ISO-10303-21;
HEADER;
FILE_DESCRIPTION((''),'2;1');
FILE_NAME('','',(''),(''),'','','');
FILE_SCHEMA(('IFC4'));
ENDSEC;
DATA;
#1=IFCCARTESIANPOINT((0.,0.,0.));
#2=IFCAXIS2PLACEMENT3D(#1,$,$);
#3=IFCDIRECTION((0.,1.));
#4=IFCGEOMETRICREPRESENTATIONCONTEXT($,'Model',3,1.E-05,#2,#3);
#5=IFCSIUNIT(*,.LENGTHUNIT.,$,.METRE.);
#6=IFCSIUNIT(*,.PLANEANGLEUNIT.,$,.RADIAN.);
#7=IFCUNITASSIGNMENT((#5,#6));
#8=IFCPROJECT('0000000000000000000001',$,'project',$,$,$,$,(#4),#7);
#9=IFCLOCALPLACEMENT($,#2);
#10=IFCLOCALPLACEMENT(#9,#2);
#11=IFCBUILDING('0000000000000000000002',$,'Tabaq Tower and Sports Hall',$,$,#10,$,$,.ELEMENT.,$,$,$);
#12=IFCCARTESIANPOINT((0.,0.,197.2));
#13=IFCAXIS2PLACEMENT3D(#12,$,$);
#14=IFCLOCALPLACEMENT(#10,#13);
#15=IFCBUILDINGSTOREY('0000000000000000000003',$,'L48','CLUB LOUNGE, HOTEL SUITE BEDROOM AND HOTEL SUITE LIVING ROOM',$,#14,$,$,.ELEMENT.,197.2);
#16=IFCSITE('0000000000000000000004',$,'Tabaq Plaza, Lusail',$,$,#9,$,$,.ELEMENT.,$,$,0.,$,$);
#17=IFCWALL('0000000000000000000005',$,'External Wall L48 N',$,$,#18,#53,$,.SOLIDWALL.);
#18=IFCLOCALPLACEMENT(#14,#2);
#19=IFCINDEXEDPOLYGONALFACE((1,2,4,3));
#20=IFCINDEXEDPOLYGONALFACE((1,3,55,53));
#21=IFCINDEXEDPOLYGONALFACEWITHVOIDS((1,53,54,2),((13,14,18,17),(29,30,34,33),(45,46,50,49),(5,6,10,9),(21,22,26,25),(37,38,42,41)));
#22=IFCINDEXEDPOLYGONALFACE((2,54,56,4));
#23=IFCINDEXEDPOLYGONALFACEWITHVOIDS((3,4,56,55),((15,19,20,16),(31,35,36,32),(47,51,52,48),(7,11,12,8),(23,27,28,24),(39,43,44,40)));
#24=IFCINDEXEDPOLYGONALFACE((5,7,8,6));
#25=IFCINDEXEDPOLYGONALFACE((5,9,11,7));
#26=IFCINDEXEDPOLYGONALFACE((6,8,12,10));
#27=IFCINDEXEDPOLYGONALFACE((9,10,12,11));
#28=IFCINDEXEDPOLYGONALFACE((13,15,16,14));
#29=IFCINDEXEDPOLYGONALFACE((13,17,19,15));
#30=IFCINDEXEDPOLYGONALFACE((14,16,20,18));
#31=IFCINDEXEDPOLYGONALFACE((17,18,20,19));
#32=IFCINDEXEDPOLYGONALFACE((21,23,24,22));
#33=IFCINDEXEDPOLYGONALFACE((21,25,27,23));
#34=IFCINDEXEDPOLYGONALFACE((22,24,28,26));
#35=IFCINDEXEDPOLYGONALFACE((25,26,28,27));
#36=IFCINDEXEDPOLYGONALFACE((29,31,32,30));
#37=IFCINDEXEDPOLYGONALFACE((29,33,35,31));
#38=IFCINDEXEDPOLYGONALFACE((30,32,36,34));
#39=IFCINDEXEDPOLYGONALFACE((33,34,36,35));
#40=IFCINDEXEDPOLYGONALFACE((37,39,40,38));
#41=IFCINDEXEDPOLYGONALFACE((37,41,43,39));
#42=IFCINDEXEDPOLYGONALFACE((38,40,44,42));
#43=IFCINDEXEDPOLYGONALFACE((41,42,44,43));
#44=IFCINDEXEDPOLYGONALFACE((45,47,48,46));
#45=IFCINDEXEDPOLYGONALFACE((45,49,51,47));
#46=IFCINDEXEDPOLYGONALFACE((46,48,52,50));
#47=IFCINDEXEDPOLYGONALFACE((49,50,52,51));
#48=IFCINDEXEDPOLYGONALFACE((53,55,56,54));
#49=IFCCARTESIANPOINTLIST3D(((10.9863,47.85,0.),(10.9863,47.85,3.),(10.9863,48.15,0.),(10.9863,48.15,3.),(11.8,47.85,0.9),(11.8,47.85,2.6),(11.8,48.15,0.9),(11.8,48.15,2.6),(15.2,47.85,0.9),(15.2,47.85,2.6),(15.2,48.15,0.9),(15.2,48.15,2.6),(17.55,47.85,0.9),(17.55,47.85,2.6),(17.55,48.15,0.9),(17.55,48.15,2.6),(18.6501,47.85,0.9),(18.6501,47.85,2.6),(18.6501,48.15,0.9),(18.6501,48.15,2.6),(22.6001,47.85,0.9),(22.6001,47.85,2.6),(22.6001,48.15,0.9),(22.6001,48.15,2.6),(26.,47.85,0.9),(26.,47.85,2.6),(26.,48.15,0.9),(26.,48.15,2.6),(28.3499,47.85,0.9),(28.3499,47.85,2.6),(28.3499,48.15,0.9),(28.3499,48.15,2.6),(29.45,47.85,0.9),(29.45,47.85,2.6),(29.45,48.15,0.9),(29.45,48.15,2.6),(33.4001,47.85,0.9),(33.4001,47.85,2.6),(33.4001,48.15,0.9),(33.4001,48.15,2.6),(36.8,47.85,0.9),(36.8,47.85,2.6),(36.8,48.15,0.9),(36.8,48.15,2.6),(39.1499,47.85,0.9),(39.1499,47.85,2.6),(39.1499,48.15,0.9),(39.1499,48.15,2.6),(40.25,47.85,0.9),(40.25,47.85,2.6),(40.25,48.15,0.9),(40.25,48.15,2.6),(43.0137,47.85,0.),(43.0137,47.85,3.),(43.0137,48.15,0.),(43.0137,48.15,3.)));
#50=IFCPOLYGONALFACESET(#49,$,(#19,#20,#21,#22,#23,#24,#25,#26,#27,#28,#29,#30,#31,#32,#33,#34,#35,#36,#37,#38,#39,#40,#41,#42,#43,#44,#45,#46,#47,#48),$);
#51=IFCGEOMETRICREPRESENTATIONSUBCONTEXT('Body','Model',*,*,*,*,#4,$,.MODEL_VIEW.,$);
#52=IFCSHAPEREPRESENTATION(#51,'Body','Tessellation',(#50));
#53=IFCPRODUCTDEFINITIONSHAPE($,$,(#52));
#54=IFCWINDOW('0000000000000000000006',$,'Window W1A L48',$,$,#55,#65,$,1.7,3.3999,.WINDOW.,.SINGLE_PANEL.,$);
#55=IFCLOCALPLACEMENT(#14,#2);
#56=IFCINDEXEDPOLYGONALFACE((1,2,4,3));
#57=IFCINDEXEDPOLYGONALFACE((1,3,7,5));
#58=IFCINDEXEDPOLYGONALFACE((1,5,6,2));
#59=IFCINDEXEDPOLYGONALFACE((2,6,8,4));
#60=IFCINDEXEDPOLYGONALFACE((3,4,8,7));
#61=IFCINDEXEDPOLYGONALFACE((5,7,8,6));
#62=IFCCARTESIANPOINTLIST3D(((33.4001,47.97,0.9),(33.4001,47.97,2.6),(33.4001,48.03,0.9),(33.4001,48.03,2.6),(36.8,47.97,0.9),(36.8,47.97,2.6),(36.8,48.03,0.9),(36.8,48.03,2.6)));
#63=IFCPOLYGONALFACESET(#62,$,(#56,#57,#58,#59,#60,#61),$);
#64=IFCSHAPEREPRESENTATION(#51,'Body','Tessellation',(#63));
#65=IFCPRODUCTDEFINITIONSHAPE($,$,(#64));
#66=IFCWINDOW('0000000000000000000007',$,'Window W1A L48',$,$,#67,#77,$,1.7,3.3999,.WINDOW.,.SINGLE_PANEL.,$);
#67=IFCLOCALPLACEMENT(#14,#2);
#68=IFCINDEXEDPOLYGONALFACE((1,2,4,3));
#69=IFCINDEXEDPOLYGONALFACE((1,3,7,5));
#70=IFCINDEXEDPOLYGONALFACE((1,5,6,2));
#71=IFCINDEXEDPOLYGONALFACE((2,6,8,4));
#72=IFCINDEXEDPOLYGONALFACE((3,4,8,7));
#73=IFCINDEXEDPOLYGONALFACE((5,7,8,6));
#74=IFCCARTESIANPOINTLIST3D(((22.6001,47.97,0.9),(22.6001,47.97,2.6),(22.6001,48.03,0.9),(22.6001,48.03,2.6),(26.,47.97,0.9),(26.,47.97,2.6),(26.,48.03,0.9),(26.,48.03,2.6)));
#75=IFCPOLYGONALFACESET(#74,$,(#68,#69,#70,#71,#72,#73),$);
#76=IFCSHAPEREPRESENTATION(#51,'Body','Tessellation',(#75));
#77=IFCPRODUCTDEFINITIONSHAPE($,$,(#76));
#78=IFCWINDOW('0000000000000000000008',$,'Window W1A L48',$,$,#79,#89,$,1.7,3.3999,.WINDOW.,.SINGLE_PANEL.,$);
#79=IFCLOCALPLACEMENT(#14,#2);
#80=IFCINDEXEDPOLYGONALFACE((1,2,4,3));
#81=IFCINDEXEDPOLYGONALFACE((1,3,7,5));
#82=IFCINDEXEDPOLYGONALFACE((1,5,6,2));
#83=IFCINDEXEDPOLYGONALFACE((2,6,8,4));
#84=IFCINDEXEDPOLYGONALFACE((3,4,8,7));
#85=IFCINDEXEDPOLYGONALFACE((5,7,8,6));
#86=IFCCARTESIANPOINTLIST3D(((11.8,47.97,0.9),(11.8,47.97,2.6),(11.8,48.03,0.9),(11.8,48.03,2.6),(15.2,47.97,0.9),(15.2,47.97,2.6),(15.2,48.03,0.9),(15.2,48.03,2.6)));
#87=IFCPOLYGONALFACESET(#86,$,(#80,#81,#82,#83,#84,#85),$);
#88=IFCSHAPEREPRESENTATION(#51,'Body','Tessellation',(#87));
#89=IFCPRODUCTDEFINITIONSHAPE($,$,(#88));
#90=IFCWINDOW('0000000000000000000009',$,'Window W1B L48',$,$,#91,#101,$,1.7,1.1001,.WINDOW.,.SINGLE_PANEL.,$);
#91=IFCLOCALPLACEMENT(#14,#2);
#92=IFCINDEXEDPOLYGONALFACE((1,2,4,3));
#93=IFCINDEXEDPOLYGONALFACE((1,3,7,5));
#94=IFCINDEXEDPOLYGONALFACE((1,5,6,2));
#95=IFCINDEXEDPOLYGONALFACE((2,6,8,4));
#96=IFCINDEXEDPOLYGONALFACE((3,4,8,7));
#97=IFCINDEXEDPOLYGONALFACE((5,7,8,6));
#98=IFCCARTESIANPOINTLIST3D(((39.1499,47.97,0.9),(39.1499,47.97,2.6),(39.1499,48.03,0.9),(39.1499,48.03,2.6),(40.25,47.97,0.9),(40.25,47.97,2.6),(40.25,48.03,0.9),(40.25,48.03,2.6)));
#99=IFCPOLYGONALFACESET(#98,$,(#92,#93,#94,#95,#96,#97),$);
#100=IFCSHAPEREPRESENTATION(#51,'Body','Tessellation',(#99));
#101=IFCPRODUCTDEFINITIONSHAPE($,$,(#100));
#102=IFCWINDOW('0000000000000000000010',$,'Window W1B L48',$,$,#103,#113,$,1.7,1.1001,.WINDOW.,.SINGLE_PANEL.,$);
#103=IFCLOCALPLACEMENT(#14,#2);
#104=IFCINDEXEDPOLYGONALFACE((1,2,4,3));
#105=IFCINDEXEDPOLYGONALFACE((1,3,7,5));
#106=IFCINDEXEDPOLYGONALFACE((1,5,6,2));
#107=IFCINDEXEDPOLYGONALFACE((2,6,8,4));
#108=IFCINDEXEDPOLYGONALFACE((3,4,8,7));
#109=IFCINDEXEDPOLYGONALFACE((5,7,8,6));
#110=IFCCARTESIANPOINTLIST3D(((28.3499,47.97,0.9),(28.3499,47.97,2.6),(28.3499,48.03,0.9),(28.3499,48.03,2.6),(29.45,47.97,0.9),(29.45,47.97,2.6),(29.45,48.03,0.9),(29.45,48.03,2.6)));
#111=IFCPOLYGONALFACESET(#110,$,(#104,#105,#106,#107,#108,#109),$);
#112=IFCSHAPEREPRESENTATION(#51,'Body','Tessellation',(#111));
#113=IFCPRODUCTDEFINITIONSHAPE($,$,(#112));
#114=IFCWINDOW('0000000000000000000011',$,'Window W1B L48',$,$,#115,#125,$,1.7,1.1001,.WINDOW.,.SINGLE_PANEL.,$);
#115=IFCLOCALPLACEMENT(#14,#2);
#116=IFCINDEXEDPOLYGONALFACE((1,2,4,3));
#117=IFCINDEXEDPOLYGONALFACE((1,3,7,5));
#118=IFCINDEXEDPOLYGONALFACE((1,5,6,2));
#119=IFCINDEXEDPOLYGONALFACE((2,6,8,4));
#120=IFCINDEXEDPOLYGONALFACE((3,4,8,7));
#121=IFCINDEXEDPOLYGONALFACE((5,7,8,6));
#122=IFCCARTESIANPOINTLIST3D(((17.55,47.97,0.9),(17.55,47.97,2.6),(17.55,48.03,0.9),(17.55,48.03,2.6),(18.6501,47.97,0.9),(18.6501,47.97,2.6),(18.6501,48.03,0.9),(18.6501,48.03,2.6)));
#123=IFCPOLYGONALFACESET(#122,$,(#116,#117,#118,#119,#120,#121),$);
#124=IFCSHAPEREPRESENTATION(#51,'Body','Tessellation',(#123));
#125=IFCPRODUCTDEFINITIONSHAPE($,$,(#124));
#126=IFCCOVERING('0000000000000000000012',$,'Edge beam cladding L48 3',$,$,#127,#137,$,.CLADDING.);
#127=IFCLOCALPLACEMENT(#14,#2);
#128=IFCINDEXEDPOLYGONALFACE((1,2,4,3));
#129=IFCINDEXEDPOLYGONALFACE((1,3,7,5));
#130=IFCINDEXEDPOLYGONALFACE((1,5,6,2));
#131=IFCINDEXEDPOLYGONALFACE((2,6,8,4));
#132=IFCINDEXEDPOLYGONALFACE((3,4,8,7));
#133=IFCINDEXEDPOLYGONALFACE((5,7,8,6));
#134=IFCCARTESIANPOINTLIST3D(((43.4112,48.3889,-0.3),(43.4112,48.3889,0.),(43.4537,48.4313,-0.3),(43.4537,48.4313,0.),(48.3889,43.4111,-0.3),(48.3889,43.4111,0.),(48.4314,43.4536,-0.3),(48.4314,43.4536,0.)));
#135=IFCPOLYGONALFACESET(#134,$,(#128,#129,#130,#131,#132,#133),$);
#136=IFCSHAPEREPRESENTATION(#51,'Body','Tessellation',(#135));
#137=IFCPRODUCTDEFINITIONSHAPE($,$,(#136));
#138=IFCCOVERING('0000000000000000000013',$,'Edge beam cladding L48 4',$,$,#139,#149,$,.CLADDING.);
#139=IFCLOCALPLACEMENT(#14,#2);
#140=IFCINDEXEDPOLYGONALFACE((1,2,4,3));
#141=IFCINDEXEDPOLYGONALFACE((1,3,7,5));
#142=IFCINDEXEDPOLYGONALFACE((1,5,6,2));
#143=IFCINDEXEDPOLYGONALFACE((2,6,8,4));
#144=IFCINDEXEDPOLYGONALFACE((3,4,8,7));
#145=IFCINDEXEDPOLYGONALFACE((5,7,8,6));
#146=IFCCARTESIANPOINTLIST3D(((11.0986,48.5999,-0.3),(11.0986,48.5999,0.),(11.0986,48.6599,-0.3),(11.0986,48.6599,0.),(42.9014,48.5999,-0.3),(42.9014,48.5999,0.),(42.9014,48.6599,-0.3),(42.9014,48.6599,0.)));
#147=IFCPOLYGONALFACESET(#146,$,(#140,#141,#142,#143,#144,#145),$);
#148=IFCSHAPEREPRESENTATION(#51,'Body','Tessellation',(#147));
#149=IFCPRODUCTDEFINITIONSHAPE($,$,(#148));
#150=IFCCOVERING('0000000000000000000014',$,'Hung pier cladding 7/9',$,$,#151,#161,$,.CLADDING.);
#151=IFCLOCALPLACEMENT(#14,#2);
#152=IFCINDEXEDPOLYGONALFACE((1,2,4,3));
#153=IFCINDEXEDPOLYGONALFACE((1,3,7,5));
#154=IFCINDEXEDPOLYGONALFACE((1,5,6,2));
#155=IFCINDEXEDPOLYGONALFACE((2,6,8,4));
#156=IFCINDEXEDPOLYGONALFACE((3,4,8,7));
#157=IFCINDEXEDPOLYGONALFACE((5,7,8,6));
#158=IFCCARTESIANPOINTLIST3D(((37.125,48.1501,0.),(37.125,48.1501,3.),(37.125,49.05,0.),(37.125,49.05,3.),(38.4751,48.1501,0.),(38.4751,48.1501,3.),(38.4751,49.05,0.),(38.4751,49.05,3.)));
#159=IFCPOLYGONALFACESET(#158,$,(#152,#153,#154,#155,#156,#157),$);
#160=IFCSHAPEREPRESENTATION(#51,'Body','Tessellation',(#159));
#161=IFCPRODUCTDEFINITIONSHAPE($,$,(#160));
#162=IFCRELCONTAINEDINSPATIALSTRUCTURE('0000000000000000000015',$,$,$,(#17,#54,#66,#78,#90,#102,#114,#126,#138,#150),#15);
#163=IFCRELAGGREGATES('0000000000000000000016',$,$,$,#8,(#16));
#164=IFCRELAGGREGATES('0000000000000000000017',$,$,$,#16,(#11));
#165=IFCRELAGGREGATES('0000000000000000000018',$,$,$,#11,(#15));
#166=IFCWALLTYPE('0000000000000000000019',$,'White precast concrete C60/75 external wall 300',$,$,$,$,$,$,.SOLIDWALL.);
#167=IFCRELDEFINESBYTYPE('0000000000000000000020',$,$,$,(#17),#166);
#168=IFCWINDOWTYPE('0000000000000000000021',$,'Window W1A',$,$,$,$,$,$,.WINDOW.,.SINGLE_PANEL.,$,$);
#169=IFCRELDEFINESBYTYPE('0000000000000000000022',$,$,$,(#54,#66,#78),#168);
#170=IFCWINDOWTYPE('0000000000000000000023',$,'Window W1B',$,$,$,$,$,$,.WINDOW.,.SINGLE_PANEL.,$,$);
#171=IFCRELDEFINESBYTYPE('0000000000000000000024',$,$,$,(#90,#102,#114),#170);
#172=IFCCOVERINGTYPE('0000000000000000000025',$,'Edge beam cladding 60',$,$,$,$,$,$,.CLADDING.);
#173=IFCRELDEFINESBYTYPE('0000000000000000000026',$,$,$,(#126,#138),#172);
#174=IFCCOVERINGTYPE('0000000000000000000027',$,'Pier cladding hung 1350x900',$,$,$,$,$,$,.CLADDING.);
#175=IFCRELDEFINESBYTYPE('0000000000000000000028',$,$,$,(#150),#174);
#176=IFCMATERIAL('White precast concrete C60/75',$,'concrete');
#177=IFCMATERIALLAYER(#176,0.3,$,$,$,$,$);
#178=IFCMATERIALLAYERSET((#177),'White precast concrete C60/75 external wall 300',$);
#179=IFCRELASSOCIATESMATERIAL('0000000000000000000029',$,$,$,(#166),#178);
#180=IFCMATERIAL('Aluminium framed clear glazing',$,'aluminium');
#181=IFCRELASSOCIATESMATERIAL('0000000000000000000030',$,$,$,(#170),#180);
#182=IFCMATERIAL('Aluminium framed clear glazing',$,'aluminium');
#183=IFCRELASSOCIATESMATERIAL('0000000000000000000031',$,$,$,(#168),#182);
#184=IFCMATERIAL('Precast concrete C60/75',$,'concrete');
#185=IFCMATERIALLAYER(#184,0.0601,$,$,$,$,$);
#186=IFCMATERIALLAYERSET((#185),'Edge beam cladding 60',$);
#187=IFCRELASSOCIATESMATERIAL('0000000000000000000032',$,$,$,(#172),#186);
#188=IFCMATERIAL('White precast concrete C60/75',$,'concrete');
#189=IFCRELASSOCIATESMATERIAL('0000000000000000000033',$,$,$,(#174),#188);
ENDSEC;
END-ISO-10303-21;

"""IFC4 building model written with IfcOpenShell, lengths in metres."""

from ifc_helpers import new_model, si_unit, direction, frame, frame_2d, origin, place, context, subcontext, project, spatial, rectangle, extrude, material, layer, layer_set, type_object, element, fill, save


model = new_model("IFC4")

# Units and contexts
model_context = context("Model", 3, precision=1e-05, world=origin(), true_north=direction((0.0, 1.0)))
body_context = subcontext(model_context, "Body", "Model", "MODEL_VIEW")
ifc_project = project(units=[si_unit("LENGTHUNIT", "METRE"), si_unit("PLANEANGLEUNIT", "RADIAN")], contexts=[model_context])

# Site, building, storey
site_placement = place(None, origin())
site = spatial("IfcSite", under=ifc_project, at=site_placement, Name="Tabaq Plaza, Lusail", CompositionType="ELEMENT", RefElevation=0.0)
building_placement = place(site_placement, origin())
building = spatial("IfcBuilding", under=site, at=building_placement, Name="Tabaq Tower and Sports Hall", CompositionType="ELEMENT")
storey_placement = place(building_placement, frame((0.0, 0.0, 197.2)))
storey = spatial("IfcBuildingStorey", under=building, at=storey_placement, Name="L48", Description="CLUB LOUNGE, HOTEL SUITE BEDROOM AND HOTEL SUITE LIVING ROOM", CompositionType="ELEMENT", Elevation=197.2)

# Wall, openings, windows
ifc_material_1 = material(Name="White precast concrete C60/75", Category="concrete")
ifc_layer_1 = layer(ifc_material_1, 0.3)
ifc_layer_set_1 = layer_set([ifc_layer_1], Name="White precast concrete C60/75 external wall 300")
wall_type_1 = type_object("IfcWallType", Name="White precast concrete C60/75 external wall 300", PredefinedType="SOLIDWALL", material=ifc_layer_set_1)
ifc_material_2 = material(Name="Aluminium framed clear glazing", Category="aluminium")
window_type_1 = type_object("IfcWindowType", Name="Window W1B", PartitioningType="SINGLE_PANEL", PredefinedType="WINDOW", material=ifc_material_2)
wall_1_placement = place(storey_placement, frame((43.0137, 48.0, 0.0), z_axis=(0.0, 0.0, 1.0), x_axis=(-1.0, 0.0, 0.0)))
wall_1 = element("IfcWall", 1, at=wall_1_placement, inside=storey, type_object=wall_type_1, Name="External Wall L48 N", PredefinedType="SOLIDWALL", context=body_context, shape_type="SweptSolid", body=[
    extrude(rectangle(XDim=32.0273, YDim=0.3, at=frame_2d((16.0137, 0.0))), origin(), (0.0, 0.0, 1.0), 3.0),
])
opening_1_placement = place(wall_1_placement, frame((2.7637, 0.0, 0.8999)))
opening_1 = element("IfcOpeningElement", 2, at=opening_1_placement, cuts=wall_1, PredefinedType="OPENING", context=body_context, shape_type="SweptSolid", body=[
    extrude(rectangle(XDim=1.1001, YDim=1.7, at=frame_2d((0.55, 0.8501))), frame((0.0, 0.1602, 0.0), z_axis=(0.0, -1.0, 0.0), x_axis=(1.0, 0.0, 0.0)), (0.0, 0.0, 1.0), 0.3201),
])
opening_2_placement = place(wall_1_placement, frame((6.2136, 0.0, 0.8999)))
opening_2 = element("IfcOpeningElement", 3, at=opening_2_placement, cuts=wall_1, PredefinedType="OPENING", context=body_context, shape_type="SweptSolid", body=[
    extrude(rectangle(XDim=3.3999, YDim=1.7, at=frame_2d((1.7, 0.8501))), frame((0.0, 0.1602, 0.0), z_axis=(0.0, -1.0, 0.0), x_axis=(1.0, 0.0, 0.0)), (0.0, 0.0, 1.0), 0.3201),
])
opening_3_placement = place(wall_1_placement, frame((13.5637, 0.0, 0.8999)))
opening_3 = element("IfcOpeningElement", 4, at=opening_3_placement, cuts=wall_1, PredefinedType="OPENING", context=body_context, shape_type="SweptSolid", body=[
    extrude(rectangle(XDim=1.1001, YDim=1.7, at=frame_2d((0.55, 0.8501))), frame((0.0, 0.1602, 0.0), z_axis=(0.0, -1.0, 0.0), x_axis=(1.0, 0.0, 0.0)), (0.0, 0.0, 1.0), 0.3201),
])
opening_4_placement = place(wall_1_placement, frame((17.0137, 0.0, 0.8999)))
opening_4 = element("IfcOpeningElement", 5, at=opening_4_placement, cuts=wall_1, PredefinedType="OPENING", context=body_context, shape_type="SweptSolid", body=[
    extrude(rectangle(XDim=3.3999, YDim=1.7, at=frame_2d((1.7, 0.8501))), frame((0.0, 0.1602, 0.0), z_axis=(0.0, -1.0, 0.0), x_axis=(1.0, 0.0, 0.0)), (0.0, 0.0, 1.0), 0.3201),
])
opening_5_placement = place(wall_1_placement, frame((24.3635, 0.0, 0.8999)))
opening_5 = element("IfcOpeningElement", 6, at=opening_5_placement, cuts=wall_1, PredefinedType="OPENING", context=body_context, shape_type="SweptSolid", body=[
    extrude(rectangle(XDim=1.1001, YDim=1.7, at=frame_2d((0.55, 0.8501))), frame((0.0, 0.1602, 0.0), z_axis=(0.0, -1.0, 0.0), x_axis=(1.0, 0.0, 0.0)), (0.0, 0.0, 1.0), 0.3201),
])
opening_6_placement = place(wall_1_placement, frame((27.8137, 0.0, 0.8999)))
opening_6 = element("IfcOpeningElement", 7, at=opening_6_placement, cuts=wall_1, PredefinedType="OPENING", context=body_context, shape_type="SweptSolid", body=[
    extrude(rectangle(XDim=3.3999, YDim=1.7, at=frame_2d((1.7, 0.8501))), frame((0.0, 0.1602, 0.0), z_axis=(0.0, -1.0, 0.0), x_axis=(1.0, 0.0, 0.0)), (0.0, 0.0, 1.0), 0.3201),
])
ifc_material_3 = material(Name="Aluminium framed clear glazing", Category="aluminium")
window_type_2 = type_object("IfcWindowType", Name="Window W1A", PartitioningType="SINGLE_PANEL", PredefinedType="WINDOW", material=ifc_material_3)
window_1_placement = place(opening_2_placement, origin())
window_1 = element("IfcWindow", 8, at=window_1_placement, inside=storey, type_object=window_type_2, Name="Window W1A L48", OverallHeight=1.7, OverallWidth=3.3999, PartitioningType="SINGLE_PANEL", PredefinedType="WINDOW", context=body_context, shape_type="SweptSolid", body=[
    extrude(rectangle(XDim=3.3999, YDim=1.7, at=frame_2d((1.7, 0.8501))), frame((0.0, 0.03, 0.0), z_axis=(0.0, -1.0, 0.0), x_axis=(1.0, 0.0, 0.0)), (0.0, 0.0, 1.0), 0.0601),
])
fill(opening_2, window_1)
window_2_placement = place(opening_4_placement, origin())
window_2 = element("IfcWindow", 9, at=window_2_placement, inside=storey, type_object=window_type_2, Name="Window W1A L48", OverallHeight=1.7, OverallWidth=3.3999, PartitioningType="SINGLE_PANEL", PredefinedType="WINDOW", context=body_context, shape_type="SweptSolid", body=[
    extrude(rectangle(XDim=3.3999, YDim=1.7, at=frame_2d((1.7, 0.8501))), frame((0.0, 0.03, 0.0), z_axis=(0.0, -1.0, 0.0), x_axis=(1.0, 0.0, 0.0)), (0.0, 0.0, 1.0), 0.0601),
])
fill(opening_4, window_2)
window_3_placement = place(opening_6_placement, origin())
window_3 = element("IfcWindow", 10, at=window_3_placement, inside=storey, type_object=window_type_2, Name="Window W1A L48", OverallHeight=1.7, OverallWidth=3.3999, PartitioningType="SINGLE_PANEL", PredefinedType="WINDOW", context=body_context, shape_type="SweptSolid", body=[
    extrude(rectangle(XDim=3.3999, YDim=1.7, at=frame_2d((1.7, 0.8501))), frame((0.0, 0.03, 0.0), z_axis=(0.0, -1.0, 0.0), x_axis=(1.0, 0.0, 0.0)), (0.0, 0.0, 1.0), 0.0601),
])
fill(opening_6, window_3)
window_4_placement = place(opening_1_placement, origin())
window_4 = element("IfcWindow", 11, at=window_4_placement, inside=storey, type_object=window_type_1, Name="Window W1B L48", OverallHeight=1.7, OverallWidth=1.1001, PartitioningType="SINGLE_PANEL", PredefinedType="WINDOW", context=body_context, shape_type="SweptSolid", body=[
    extrude(rectangle(XDim=1.1001, YDim=1.7, at=frame_2d((0.55, 0.8501))), frame((0.0, 0.03, 0.0), z_axis=(0.0, -1.0, 0.0), x_axis=(1.0, 0.0, 0.0)), (0.0, 0.0, 1.0), 0.0601),
])
fill(opening_1, window_4)
window_5_placement = place(opening_3_placement, origin())
window_5 = element("IfcWindow", 12, at=window_5_placement, inside=storey, type_object=window_type_1, Name="Window W1B L48", OverallHeight=1.7, OverallWidth=1.1001, PartitioningType="SINGLE_PANEL", PredefinedType="WINDOW", context=body_context, shape_type="SweptSolid", body=[
    extrude(rectangle(XDim=1.1001, YDim=1.7, at=frame_2d((0.55, 0.8501))), frame((0.0, 0.03, 0.0), z_axis=(0.0, -1.0, 0.0), x_axis=(1.0, 0.0, 0.0)), (0.0, 0.0, 1.0), 0.0601),
])
fill(opening_3, window_5)
window_6_placement = place(opening_5_placement, origin())
window_6 = element("IfcWindow", 13, at=window_6_placement, inside=storey, type_object=window_type_1, Name="Window W1B L48", OverallHeight=1.7, OverallWidth=1.1001, PartitioningType="SINGLE_PANEL", PredefinedType="WINDOW", context=body_context, shape_type="SweptSolid", body=[
    extrude(rectangle(XDim=1.1001, YDim=1.7, at=frame_2d((0.55, 0.8501))), frame((0.0, 0.03, 0.0), z_axis=(0.0, -1.0, 0.0), x_axis=(1.0, 0.0, 0.0)), (0.0, 0.0, 1.0), 0.0601),
])
fill(opening_5, window_6)

# Coverings
ifc_material_4 = material(Name="Precast concrete C60/75", Category="concrete")
ifc_layer_2 = layer(ifc_material_4, 0.0601)
ifc_layer_set_2 = layer_set([ifc_layer_2], Name="Edge beam cladding 60")
covering_type_1 = type_object("IfcCoveringType", Name="Edge beam cladding 60", PredefinedType="CLADDING", material=ifc_layer_set_2)
covering_1_placement = place(storey_placement, frame((48.4102, 43.4324, -0.3), z_axis=(0.0, 0.0, 1.0), x_axis=(-0.707107, 0.707107, 0.0)))
element("IfcCovering", 14, at=covering_1_placement, inside=storey, type_object=covering_type_1, Name="Edge beam cladding L48 3", PredefinedType="CLADDING", context=body_context, shape_type="SweptSolid", body=[
    extrude(rectangle(XDim=7.0396, YDim=0.0601, at=frame_2d((3.5198, 0.0))), origin(), (0.0, 0.0, 1.0), 0.3),
])
covering_2_placement = place(storey_placement, frame((42.9014, 48.6299, -0.3), z_axis=(0.0, 0.0, 1.0), x_axis=(-1.0, 0.0, 0.0)))
element("IfcCovering", 15, at=covering_2_placement, inside=storey, type_object=covering_type_1, Name="Edge beam cladding L48 4", PredefinedType="CLADDING", context=body_context, shape_type="SweptSolid", body=[
    extrude(rectangle(XDim=31.8027, YDim=0.0601, at=frame_2d((15.9014, 0.0))), origin(), (0.0, 0.0, 1.0), 0.3),
])
ifc_material_5 = material(Name="White precast concrete C60/75", Category="concrete")
covering_type_2 = type_object("IfcCoveringType", Name="Pier cladding hung 1350x900", PredefinedType="CLADDING", material=ifc_material_5)
for number, where, z_axis, x_axis, name in (
    (16, (38.4751, 48.6001, 0.0), (0.0, 0.0, 1.0), (-1.0, 0.0, 0.0), "Hung pier cladding 7/9"),
):
    element("IfcCovering", number, at=place(storey_placement, frame(where, z_axis=z_axis, x_axis=x_axis)), inside=storey, type_object=covering_type_2, Name=name, PredefinedType="CLADDING", context=body_context, shape_type="SweptSolid", body=[
        extrude(rectangle(XDim=1.3501, YDim=0.8999, at=frame_2d((0.675, 0.0))), origin(), (0.0, 0.0, 1.0), 3.0),
    ])

save(model, "model.ifc")
